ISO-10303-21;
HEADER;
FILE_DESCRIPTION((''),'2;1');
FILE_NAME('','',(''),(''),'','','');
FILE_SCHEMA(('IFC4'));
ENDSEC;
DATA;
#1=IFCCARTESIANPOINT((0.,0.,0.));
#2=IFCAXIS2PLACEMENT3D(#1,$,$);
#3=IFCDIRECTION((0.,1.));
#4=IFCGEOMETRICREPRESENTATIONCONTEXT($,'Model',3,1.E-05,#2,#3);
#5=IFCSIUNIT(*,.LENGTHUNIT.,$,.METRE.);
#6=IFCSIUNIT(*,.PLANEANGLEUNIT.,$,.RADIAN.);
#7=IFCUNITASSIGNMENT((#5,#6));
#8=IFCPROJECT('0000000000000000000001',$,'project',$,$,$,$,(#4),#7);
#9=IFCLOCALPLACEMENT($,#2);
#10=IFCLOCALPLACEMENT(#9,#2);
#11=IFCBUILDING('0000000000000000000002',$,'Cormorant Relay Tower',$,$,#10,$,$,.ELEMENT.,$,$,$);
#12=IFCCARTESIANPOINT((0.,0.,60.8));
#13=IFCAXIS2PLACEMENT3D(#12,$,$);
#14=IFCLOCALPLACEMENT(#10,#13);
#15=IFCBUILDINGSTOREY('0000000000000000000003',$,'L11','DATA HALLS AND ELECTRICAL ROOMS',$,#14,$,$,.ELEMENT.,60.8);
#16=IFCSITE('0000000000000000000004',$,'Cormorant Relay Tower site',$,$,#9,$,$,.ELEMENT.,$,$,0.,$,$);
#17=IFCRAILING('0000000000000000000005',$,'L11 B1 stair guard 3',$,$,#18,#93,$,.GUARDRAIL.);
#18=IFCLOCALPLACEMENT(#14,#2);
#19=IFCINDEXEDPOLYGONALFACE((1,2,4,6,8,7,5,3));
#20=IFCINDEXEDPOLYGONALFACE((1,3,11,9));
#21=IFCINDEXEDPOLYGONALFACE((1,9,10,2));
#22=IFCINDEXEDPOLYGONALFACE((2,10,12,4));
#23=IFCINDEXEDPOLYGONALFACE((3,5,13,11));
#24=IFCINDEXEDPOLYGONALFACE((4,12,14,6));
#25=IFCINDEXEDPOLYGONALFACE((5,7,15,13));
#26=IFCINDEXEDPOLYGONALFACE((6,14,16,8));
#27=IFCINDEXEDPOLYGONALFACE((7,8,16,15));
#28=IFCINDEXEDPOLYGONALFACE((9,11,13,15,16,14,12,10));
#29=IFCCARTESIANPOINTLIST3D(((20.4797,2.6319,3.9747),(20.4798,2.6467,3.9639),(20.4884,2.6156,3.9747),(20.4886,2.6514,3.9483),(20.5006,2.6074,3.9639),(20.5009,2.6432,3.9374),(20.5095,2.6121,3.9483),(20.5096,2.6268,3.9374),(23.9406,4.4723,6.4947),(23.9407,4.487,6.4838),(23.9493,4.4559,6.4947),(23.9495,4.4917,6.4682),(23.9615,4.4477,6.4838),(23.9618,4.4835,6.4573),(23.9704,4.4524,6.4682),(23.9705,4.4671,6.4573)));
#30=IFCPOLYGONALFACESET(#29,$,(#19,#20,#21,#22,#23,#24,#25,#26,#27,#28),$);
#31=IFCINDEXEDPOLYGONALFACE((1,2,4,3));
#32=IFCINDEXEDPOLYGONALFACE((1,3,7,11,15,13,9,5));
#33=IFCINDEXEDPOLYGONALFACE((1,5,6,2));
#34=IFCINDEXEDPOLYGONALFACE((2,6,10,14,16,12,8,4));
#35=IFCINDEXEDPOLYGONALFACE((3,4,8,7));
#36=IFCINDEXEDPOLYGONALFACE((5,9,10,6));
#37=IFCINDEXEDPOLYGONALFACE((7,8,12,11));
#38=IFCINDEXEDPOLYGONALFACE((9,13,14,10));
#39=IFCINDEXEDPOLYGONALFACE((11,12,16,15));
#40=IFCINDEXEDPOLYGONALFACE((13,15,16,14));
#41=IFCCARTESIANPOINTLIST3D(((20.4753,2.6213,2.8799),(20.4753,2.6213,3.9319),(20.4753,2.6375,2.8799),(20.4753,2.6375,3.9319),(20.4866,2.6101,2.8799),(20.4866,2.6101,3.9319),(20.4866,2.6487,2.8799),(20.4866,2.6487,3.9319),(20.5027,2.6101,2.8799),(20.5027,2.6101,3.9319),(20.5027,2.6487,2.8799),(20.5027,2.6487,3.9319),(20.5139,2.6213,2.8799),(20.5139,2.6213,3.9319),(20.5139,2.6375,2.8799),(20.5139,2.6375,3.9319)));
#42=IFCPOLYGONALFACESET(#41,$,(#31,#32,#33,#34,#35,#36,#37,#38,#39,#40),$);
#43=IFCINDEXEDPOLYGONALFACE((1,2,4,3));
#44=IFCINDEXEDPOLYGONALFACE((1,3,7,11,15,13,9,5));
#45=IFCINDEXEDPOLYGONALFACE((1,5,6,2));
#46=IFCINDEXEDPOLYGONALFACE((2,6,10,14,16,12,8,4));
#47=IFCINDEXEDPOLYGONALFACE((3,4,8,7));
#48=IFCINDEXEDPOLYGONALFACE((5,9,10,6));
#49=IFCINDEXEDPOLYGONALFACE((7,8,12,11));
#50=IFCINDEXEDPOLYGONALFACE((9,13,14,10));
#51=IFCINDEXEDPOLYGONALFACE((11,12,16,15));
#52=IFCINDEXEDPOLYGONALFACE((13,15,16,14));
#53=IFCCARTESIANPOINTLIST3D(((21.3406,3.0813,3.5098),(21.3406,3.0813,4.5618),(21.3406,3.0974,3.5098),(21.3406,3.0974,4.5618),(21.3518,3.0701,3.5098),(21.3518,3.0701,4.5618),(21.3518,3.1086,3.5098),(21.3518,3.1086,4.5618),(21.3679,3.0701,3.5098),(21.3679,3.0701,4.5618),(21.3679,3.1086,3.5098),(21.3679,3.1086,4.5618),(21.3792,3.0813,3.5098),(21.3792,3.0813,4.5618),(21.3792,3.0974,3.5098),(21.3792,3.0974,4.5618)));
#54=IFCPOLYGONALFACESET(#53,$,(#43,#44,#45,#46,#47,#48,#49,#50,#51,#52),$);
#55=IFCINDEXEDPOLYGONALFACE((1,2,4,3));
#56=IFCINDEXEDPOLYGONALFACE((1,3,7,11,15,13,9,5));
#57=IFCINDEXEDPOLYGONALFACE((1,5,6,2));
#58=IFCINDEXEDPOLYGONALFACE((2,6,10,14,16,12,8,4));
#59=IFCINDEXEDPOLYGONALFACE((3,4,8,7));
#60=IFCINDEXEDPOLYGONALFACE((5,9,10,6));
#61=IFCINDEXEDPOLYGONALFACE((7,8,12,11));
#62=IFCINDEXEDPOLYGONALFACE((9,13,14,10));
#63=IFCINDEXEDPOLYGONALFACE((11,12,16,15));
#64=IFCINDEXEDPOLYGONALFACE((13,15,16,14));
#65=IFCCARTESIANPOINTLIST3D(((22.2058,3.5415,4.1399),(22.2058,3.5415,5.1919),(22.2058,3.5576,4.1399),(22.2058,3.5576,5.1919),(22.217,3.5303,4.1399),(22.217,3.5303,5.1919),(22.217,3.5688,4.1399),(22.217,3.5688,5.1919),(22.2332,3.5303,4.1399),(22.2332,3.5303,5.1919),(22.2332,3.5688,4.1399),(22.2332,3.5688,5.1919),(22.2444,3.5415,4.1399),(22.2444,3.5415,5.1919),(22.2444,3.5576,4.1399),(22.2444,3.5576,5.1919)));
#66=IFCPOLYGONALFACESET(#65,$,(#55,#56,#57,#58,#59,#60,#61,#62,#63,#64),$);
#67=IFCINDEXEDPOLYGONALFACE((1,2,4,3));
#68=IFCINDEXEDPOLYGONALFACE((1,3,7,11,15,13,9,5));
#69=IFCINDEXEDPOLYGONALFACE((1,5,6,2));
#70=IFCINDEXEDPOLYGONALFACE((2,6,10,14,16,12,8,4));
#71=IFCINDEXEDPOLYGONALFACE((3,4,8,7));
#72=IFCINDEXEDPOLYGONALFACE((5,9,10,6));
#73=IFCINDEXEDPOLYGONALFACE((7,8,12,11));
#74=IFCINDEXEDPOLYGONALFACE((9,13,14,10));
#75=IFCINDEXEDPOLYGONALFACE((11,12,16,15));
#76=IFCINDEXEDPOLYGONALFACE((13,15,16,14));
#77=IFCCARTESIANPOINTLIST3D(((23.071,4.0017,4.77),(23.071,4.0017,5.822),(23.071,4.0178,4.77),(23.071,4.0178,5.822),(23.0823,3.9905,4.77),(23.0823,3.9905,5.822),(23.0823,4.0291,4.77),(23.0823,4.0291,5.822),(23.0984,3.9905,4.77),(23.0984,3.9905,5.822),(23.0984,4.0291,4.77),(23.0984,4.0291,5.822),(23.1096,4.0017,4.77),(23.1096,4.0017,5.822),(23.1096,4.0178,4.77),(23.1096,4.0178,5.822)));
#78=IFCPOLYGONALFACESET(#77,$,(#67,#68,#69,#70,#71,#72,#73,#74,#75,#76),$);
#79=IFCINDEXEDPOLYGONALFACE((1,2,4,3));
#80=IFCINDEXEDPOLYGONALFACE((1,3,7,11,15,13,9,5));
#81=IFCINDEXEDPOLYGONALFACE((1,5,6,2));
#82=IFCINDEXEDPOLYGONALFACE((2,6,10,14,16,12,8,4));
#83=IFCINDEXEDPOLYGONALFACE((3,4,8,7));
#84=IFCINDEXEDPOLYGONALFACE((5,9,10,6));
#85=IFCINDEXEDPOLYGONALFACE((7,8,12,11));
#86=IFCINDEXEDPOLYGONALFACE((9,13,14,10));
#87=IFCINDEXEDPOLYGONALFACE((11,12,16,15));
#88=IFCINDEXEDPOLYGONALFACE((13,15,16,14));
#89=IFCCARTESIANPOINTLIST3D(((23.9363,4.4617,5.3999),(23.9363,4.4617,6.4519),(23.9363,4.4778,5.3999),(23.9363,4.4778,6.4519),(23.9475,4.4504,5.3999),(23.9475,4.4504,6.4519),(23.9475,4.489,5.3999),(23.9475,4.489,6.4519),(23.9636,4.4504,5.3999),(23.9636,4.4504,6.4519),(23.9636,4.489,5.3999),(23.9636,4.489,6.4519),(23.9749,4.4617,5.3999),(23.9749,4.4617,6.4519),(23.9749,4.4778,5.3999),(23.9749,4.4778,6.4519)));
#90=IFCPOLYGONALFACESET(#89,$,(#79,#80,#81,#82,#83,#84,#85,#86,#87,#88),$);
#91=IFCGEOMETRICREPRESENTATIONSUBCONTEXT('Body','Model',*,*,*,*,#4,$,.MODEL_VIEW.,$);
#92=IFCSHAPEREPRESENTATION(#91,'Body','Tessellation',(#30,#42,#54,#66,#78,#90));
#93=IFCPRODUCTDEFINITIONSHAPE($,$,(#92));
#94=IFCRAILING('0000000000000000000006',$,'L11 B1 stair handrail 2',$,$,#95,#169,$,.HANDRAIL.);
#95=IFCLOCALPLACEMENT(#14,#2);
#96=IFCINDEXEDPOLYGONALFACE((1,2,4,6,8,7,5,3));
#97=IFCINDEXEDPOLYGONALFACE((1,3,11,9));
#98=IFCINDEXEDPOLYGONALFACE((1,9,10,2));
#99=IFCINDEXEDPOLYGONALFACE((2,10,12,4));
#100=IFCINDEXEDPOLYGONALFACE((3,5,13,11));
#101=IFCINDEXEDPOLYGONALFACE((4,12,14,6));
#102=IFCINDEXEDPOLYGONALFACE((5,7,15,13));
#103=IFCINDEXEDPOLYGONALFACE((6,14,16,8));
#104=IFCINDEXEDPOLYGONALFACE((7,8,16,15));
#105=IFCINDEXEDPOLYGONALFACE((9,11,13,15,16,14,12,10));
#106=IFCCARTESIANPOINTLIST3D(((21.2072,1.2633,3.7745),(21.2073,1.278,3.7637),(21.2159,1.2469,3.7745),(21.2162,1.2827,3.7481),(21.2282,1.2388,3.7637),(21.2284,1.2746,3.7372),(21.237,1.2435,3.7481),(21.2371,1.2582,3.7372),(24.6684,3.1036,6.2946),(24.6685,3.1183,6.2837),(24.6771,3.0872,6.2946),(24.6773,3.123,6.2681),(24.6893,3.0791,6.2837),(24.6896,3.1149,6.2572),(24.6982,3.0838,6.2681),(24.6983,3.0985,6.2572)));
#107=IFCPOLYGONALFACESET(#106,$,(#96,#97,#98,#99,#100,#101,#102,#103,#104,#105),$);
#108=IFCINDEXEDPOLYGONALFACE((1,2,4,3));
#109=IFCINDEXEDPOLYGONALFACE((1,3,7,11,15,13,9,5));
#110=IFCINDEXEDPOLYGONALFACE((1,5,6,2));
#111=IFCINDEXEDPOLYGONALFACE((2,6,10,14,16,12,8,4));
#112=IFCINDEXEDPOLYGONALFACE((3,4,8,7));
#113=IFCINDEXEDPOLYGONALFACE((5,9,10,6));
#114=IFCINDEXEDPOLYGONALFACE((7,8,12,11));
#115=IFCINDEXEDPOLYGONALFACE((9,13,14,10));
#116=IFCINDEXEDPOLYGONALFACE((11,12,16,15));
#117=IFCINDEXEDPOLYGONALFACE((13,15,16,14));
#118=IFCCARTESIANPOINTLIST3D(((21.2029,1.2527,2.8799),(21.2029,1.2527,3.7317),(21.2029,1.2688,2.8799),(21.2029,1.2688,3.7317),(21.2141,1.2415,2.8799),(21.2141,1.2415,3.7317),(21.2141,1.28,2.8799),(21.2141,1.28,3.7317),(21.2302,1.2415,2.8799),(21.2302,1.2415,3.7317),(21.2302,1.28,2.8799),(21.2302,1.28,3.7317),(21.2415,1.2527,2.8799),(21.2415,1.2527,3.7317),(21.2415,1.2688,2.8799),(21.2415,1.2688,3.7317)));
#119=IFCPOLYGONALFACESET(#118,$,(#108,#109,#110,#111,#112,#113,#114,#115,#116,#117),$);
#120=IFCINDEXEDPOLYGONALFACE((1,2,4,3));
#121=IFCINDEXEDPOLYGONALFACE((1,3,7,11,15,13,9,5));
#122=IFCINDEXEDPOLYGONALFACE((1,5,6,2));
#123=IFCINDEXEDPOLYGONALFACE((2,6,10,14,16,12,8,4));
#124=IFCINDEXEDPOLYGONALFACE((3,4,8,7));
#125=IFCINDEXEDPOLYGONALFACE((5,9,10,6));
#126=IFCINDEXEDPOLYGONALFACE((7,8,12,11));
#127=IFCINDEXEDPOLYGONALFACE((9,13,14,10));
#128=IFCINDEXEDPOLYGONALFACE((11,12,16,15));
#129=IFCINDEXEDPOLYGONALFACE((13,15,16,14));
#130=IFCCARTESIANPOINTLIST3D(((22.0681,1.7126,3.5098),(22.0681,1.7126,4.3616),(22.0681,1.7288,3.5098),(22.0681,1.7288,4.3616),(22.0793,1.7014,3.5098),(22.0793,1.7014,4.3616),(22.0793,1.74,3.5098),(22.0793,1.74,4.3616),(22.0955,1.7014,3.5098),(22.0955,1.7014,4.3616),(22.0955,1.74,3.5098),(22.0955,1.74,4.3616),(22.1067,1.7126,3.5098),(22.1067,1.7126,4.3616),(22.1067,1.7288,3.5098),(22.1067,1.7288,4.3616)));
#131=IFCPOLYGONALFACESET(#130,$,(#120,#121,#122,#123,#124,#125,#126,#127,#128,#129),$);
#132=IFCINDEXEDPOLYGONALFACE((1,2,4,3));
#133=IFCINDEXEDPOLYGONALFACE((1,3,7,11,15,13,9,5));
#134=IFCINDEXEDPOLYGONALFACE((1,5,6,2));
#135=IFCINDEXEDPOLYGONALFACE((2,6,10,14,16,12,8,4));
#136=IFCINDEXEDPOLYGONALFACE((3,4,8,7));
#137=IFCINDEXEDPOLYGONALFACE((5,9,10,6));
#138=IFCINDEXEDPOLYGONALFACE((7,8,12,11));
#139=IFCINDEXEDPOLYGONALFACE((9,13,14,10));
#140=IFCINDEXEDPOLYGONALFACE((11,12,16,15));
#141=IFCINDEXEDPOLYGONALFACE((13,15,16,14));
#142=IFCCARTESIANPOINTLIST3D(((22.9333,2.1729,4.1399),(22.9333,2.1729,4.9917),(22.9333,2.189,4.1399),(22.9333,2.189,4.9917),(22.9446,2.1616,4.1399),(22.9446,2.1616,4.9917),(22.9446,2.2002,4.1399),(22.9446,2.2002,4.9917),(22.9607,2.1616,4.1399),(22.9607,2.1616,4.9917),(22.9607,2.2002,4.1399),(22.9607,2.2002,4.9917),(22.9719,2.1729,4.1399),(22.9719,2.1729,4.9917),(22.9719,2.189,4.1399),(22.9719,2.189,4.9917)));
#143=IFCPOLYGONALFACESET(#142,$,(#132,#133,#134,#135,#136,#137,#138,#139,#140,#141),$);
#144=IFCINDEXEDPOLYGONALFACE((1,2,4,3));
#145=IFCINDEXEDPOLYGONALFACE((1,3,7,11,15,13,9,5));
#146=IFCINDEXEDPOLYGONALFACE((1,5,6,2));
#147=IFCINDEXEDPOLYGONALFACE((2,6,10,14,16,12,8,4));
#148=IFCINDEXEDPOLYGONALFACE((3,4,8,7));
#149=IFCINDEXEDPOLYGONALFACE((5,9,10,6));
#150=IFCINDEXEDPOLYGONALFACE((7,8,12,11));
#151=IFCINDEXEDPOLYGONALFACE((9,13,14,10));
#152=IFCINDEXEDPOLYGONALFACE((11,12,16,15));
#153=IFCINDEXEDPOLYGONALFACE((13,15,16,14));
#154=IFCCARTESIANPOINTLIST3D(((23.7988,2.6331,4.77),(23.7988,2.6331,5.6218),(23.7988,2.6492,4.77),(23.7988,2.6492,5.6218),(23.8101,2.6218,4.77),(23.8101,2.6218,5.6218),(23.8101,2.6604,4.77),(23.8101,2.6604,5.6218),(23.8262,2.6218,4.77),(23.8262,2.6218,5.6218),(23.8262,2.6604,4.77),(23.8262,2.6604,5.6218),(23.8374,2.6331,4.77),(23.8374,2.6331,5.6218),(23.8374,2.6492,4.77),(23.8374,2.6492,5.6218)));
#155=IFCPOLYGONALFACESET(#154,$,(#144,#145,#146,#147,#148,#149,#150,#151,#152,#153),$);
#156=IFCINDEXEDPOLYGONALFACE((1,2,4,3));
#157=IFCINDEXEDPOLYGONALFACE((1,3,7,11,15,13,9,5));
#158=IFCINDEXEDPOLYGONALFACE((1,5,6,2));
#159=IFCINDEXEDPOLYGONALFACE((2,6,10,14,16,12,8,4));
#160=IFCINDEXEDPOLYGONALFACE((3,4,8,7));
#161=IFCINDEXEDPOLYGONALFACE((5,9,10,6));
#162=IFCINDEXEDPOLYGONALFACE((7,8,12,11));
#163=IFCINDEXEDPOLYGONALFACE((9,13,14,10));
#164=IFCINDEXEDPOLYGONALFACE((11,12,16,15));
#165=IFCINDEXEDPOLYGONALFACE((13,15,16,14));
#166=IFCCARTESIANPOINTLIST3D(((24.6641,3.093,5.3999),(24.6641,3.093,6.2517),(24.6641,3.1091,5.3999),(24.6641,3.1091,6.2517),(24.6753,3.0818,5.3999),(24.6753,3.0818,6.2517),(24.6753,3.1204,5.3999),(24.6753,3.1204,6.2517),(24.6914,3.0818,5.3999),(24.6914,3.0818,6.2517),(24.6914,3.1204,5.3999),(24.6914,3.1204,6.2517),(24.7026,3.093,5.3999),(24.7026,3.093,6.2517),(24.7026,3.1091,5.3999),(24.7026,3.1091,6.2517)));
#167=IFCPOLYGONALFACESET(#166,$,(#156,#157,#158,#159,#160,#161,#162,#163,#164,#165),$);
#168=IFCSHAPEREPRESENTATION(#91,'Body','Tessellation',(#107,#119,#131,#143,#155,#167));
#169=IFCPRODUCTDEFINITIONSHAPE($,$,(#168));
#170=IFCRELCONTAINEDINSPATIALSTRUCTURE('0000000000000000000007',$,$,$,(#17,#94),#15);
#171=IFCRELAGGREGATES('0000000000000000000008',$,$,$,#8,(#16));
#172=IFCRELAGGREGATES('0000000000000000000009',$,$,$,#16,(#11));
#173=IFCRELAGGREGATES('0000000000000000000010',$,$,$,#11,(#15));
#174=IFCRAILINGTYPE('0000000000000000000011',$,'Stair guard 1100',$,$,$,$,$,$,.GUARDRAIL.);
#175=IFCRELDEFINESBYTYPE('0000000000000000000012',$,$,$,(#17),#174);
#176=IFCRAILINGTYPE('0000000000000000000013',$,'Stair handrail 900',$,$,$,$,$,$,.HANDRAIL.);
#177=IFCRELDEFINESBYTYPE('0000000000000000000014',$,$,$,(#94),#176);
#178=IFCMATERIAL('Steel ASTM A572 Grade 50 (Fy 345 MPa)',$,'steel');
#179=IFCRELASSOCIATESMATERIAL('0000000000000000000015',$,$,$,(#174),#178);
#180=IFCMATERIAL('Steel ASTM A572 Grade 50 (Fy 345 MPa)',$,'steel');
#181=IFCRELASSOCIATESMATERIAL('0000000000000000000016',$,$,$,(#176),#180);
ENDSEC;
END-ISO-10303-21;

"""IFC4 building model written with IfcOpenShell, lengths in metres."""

from ifc_helpers import new_model, si_unit, direction, frame, origin, place, context, subcontext, project, spatial, polyline, outline, extrude, material, type_object, element, save


model = new_model("IFC4")

# Units and contexts
model_context = context("Model", 3, precision=1e-05, world=origin(), true_north=direction((0.0, 1.0)))
body_context = subcontext(model_context, "Body", "Model", "MODEL_VIEW")
ifc_project = project(units=[si_unit("LENGTHUNIT", "METRE"), si_unit("PLANEANGLEUNIT", "RADIAN")], contexts=[model_context])

# Site, building, storey
site_placement = place(None, origin())
site = spatial("IfcSite", under=ifc_project, at=site_placement, Name="Cormorant Relay Tower site", CompositionType="ELEMENT", RefElevation=0.0)
building_placement = place(site_placement, origin())
building = spatial("IfcBuilding", under=site, at=building_placement, Name="Cormorant Relay Tower", CompositionType="ELEMENT")
storey_placement = place(building_placement, frame((0.0, 0.0, 60.8)))
storey = spatial("IfcBuildingStorey", under=building, at=storey_placement, Name="L11", Description="DATA HALLS AND ELECTRICAL ROOMS", CompositionType="ELEMENT", Elevation=60.8)

# Railings
ifc_material_1 = material(Name="Steel ASTM A572 Grade 50 (Fy 345 MPa)", Category="steel")
railing_type_1 = type_object("IfcRailingType", Name="Stair guard 1100", PredefinedType="GUARDRAIL", material=ifc_material_1)
railing_1_placement = place(storey_placement, frame((20.4946, 2.6294, 2.8799)))
element("IfcRailing", 1, at=railing_1_placement, inside=storey, type_object=railing_type_1, Name="L11 B1 stair guard 3", PredefinedType="GUARDRAIL", context=body_context, shape_type="SweptSolid", body=[
    extrude(outline(polyline([(0.0222, 0.0093), (0.0093, 0.0222), (-0.0093, 0.0222), (-0.0222, 0.0093), (-0.0222, -0.0093), (-0.0093, -0.0222), (0.0093, -0.0222), (0.0222, -0.0093), (0.0222, 0.0093)])), frame((0.0, 0.0, 1.0762), z_axis=(0.742694, 0.394923, 0.540779), x_axis=(-0.469495, 0.882935, 0.0)), (0.0, 0.0, 1.0), 4.6599),
    extrude(outline(polyline([(0.0193, 0.0081), (0.0081, 0.0193), (-0.0081, 0.0193), (-0.0193, 0.0081), (-0.0193, -0.0081), (-0.0081, -0.0193), (0.0081, -0.0193), (0.0193, -0.0081), (0.0193, 0.0081)])), origin(), (0.0, 0.0, 1.0), 1.052),
    extrude(outline(polyline([(0.0193, 0.0081), (0.0081, 0.0193), (-0.0081, 0.0193), (-0.0193, 0.0081), (-0.0193, -0.0081), (-0.0081, -0.0193), (0.0081, -0.0193), (0.0193, -0.0081), (0.0193, 0.0081)])), frame((0.8652, 0.46, 0.6299)), (0.0, 0.0, 1.0), 1.052),
    extrude(outline(polyline([(0.0193, 0.0081), (0.0081, 0.0193), (-0.0081, 0.0193), (-0.0193, 0.0081), (-0.0193, -0.0081), (-0.0081, -0.0193), (0.0081, -0.0193), (0.0193, -0.0081), (0.0193, 0.0081)])), frame((1.7305, 0.9202, 1.26)), (0.0, 0.0, 1.0), 1.052),
    extrude(outline(polyline([(0.0193, 0.0081), (0.0081, 0.0193), (-0.0081, 0.0193), (-0.0193, 0.0081), (-0.0193, -0.0081), (-0.0081, -0.0193), (0.0081, -0.0193), (0.0193, -0.0081), (0.0193, 0.0081)])), frame((2.5957, 1.3804, 1.8901)), (0.0, 0.0, 1.0), 1.052),
    extrude(outline(polyline([(0.0193, 0.0081), (0.0081, 0.0193), (-0.0081, 0.0193), (-0.0193, 0.0081), (-0.0193, -0.0081), (-0.0081, -0.0193), (0.0081, -0.0193), (0.0193, -0.0081), (0.0193, 0.0081)])), frame((3.4609, 1.8403, 2.52)), (0.0, 0.0, 1.0), 1.052),
])
ifc_material_2 = material(Name="Steel ASTM A572 Grade 50 (Fy 345 MPa)", Category="steel")
railing_type_2 = type_object("IfcRailingType", Name="Stair handrail 900", PredefinedType="HANDRAIL", material=ifc_material_2)
railing_2_placement = place(storey_placement, frame((21.2222, 1.2607, 2.8799)))
element("IfcRailing", 2, at=railing_2_placement, inside=storey, type_object=railing_type_2, Name="L11 B1 stair handrail 2", PredefinedType="HANDRAIL", context=body_context, shape_type="SweptSolid", body=[
    extrude(outline(polyline([(0.0222, 0.0093), (0.0093, 0.0222), (-0.0093, 0.0222), (-0.0222, 0.0093), (-0.0222, -0.0093), (-0.0093, -0.0222), (0.0093, -0.0222), (0.0222, -0.0093), (0.0222, 0.0093)])), frame((0.0, 0.0, 0.876), z_axis=(0.742717, 0.394907, 0.540758), x_axis=(-0.469469, 0.882949, 0.0)), (0.0, 0.0, 1.0), 4.6602),
    extrude(outline(polyline([(0.0193, 0.0081), (0.0081, 0.0193), (-0.0081, 0.0193), (-0.0193, 0.0081), (-0.0193, -0.0081), (-0.0081, -0.0193), (0.0081, -0.0193), (0.0193, -0.0081), (0.0193, 0.0081)])), origin(), (0.0, 0.0, 1.0), 0.8518),
    extrude(outline(polyline([(0.0193, 0.0081), (0.0081, 0.0193), (-0.0081, 0.0193), (-0.0193, 0.0081), (-0.0193, -0.0081), (-0.0081, -0.0193), (0.0081, -0.0193), (0.0193, -0.0081), (0.0193, 0.0081)])), frame((0.8652, 0.46, 0.6299)), (0.0, 0.0, 1.0), 0.8518),
    extrude(outline(polyline([(0.0193, 0.0081), (0.0081, 0.0193), (-0.0081, 0.0193), (-0.0193, 0.0081), (-0.0193, -0.0081), (-0.0081, -0.0193), (0.0081, -0.0193), (0.0193, -0.0081), (0.0193, 0.0081)])), frame((1.7305, 0.9202, 1.26)), (0.0, 0.0, 1.0), 0.8518),
    extrude(outline(polyline([(0.0193, 0.0081), (0.0081, 0.0193), (-0.0081, 0.0193), (-0.0193, 0.0081), (-0.0193, -0.0081), (-0.0081, -0.0193), (0.0081, -0.0193), (0.0193, -0.0081), (0.0193, 0.0081)])), frame((2.5959, 1.3804, 1.8901)), (0.0, 0.0, 1.0), 0.8518),
    extrude(outline(polyline([(0.0193, 0.0081), (0.0081, 0.0193), (-0.0081, 0.0193), (-0.0193, 0.0081), (-0.0193, -0.0081), (-0.0081, -0.0193), (0.0081, -0.0193), (0.0193, -0.0081), (0.0193, 0.0081)])), frame((3.4612, 1.8403, 2.52)), (0.0, 0.0, 1.0), 0.8518),
])

save(model, "model.ifc")
